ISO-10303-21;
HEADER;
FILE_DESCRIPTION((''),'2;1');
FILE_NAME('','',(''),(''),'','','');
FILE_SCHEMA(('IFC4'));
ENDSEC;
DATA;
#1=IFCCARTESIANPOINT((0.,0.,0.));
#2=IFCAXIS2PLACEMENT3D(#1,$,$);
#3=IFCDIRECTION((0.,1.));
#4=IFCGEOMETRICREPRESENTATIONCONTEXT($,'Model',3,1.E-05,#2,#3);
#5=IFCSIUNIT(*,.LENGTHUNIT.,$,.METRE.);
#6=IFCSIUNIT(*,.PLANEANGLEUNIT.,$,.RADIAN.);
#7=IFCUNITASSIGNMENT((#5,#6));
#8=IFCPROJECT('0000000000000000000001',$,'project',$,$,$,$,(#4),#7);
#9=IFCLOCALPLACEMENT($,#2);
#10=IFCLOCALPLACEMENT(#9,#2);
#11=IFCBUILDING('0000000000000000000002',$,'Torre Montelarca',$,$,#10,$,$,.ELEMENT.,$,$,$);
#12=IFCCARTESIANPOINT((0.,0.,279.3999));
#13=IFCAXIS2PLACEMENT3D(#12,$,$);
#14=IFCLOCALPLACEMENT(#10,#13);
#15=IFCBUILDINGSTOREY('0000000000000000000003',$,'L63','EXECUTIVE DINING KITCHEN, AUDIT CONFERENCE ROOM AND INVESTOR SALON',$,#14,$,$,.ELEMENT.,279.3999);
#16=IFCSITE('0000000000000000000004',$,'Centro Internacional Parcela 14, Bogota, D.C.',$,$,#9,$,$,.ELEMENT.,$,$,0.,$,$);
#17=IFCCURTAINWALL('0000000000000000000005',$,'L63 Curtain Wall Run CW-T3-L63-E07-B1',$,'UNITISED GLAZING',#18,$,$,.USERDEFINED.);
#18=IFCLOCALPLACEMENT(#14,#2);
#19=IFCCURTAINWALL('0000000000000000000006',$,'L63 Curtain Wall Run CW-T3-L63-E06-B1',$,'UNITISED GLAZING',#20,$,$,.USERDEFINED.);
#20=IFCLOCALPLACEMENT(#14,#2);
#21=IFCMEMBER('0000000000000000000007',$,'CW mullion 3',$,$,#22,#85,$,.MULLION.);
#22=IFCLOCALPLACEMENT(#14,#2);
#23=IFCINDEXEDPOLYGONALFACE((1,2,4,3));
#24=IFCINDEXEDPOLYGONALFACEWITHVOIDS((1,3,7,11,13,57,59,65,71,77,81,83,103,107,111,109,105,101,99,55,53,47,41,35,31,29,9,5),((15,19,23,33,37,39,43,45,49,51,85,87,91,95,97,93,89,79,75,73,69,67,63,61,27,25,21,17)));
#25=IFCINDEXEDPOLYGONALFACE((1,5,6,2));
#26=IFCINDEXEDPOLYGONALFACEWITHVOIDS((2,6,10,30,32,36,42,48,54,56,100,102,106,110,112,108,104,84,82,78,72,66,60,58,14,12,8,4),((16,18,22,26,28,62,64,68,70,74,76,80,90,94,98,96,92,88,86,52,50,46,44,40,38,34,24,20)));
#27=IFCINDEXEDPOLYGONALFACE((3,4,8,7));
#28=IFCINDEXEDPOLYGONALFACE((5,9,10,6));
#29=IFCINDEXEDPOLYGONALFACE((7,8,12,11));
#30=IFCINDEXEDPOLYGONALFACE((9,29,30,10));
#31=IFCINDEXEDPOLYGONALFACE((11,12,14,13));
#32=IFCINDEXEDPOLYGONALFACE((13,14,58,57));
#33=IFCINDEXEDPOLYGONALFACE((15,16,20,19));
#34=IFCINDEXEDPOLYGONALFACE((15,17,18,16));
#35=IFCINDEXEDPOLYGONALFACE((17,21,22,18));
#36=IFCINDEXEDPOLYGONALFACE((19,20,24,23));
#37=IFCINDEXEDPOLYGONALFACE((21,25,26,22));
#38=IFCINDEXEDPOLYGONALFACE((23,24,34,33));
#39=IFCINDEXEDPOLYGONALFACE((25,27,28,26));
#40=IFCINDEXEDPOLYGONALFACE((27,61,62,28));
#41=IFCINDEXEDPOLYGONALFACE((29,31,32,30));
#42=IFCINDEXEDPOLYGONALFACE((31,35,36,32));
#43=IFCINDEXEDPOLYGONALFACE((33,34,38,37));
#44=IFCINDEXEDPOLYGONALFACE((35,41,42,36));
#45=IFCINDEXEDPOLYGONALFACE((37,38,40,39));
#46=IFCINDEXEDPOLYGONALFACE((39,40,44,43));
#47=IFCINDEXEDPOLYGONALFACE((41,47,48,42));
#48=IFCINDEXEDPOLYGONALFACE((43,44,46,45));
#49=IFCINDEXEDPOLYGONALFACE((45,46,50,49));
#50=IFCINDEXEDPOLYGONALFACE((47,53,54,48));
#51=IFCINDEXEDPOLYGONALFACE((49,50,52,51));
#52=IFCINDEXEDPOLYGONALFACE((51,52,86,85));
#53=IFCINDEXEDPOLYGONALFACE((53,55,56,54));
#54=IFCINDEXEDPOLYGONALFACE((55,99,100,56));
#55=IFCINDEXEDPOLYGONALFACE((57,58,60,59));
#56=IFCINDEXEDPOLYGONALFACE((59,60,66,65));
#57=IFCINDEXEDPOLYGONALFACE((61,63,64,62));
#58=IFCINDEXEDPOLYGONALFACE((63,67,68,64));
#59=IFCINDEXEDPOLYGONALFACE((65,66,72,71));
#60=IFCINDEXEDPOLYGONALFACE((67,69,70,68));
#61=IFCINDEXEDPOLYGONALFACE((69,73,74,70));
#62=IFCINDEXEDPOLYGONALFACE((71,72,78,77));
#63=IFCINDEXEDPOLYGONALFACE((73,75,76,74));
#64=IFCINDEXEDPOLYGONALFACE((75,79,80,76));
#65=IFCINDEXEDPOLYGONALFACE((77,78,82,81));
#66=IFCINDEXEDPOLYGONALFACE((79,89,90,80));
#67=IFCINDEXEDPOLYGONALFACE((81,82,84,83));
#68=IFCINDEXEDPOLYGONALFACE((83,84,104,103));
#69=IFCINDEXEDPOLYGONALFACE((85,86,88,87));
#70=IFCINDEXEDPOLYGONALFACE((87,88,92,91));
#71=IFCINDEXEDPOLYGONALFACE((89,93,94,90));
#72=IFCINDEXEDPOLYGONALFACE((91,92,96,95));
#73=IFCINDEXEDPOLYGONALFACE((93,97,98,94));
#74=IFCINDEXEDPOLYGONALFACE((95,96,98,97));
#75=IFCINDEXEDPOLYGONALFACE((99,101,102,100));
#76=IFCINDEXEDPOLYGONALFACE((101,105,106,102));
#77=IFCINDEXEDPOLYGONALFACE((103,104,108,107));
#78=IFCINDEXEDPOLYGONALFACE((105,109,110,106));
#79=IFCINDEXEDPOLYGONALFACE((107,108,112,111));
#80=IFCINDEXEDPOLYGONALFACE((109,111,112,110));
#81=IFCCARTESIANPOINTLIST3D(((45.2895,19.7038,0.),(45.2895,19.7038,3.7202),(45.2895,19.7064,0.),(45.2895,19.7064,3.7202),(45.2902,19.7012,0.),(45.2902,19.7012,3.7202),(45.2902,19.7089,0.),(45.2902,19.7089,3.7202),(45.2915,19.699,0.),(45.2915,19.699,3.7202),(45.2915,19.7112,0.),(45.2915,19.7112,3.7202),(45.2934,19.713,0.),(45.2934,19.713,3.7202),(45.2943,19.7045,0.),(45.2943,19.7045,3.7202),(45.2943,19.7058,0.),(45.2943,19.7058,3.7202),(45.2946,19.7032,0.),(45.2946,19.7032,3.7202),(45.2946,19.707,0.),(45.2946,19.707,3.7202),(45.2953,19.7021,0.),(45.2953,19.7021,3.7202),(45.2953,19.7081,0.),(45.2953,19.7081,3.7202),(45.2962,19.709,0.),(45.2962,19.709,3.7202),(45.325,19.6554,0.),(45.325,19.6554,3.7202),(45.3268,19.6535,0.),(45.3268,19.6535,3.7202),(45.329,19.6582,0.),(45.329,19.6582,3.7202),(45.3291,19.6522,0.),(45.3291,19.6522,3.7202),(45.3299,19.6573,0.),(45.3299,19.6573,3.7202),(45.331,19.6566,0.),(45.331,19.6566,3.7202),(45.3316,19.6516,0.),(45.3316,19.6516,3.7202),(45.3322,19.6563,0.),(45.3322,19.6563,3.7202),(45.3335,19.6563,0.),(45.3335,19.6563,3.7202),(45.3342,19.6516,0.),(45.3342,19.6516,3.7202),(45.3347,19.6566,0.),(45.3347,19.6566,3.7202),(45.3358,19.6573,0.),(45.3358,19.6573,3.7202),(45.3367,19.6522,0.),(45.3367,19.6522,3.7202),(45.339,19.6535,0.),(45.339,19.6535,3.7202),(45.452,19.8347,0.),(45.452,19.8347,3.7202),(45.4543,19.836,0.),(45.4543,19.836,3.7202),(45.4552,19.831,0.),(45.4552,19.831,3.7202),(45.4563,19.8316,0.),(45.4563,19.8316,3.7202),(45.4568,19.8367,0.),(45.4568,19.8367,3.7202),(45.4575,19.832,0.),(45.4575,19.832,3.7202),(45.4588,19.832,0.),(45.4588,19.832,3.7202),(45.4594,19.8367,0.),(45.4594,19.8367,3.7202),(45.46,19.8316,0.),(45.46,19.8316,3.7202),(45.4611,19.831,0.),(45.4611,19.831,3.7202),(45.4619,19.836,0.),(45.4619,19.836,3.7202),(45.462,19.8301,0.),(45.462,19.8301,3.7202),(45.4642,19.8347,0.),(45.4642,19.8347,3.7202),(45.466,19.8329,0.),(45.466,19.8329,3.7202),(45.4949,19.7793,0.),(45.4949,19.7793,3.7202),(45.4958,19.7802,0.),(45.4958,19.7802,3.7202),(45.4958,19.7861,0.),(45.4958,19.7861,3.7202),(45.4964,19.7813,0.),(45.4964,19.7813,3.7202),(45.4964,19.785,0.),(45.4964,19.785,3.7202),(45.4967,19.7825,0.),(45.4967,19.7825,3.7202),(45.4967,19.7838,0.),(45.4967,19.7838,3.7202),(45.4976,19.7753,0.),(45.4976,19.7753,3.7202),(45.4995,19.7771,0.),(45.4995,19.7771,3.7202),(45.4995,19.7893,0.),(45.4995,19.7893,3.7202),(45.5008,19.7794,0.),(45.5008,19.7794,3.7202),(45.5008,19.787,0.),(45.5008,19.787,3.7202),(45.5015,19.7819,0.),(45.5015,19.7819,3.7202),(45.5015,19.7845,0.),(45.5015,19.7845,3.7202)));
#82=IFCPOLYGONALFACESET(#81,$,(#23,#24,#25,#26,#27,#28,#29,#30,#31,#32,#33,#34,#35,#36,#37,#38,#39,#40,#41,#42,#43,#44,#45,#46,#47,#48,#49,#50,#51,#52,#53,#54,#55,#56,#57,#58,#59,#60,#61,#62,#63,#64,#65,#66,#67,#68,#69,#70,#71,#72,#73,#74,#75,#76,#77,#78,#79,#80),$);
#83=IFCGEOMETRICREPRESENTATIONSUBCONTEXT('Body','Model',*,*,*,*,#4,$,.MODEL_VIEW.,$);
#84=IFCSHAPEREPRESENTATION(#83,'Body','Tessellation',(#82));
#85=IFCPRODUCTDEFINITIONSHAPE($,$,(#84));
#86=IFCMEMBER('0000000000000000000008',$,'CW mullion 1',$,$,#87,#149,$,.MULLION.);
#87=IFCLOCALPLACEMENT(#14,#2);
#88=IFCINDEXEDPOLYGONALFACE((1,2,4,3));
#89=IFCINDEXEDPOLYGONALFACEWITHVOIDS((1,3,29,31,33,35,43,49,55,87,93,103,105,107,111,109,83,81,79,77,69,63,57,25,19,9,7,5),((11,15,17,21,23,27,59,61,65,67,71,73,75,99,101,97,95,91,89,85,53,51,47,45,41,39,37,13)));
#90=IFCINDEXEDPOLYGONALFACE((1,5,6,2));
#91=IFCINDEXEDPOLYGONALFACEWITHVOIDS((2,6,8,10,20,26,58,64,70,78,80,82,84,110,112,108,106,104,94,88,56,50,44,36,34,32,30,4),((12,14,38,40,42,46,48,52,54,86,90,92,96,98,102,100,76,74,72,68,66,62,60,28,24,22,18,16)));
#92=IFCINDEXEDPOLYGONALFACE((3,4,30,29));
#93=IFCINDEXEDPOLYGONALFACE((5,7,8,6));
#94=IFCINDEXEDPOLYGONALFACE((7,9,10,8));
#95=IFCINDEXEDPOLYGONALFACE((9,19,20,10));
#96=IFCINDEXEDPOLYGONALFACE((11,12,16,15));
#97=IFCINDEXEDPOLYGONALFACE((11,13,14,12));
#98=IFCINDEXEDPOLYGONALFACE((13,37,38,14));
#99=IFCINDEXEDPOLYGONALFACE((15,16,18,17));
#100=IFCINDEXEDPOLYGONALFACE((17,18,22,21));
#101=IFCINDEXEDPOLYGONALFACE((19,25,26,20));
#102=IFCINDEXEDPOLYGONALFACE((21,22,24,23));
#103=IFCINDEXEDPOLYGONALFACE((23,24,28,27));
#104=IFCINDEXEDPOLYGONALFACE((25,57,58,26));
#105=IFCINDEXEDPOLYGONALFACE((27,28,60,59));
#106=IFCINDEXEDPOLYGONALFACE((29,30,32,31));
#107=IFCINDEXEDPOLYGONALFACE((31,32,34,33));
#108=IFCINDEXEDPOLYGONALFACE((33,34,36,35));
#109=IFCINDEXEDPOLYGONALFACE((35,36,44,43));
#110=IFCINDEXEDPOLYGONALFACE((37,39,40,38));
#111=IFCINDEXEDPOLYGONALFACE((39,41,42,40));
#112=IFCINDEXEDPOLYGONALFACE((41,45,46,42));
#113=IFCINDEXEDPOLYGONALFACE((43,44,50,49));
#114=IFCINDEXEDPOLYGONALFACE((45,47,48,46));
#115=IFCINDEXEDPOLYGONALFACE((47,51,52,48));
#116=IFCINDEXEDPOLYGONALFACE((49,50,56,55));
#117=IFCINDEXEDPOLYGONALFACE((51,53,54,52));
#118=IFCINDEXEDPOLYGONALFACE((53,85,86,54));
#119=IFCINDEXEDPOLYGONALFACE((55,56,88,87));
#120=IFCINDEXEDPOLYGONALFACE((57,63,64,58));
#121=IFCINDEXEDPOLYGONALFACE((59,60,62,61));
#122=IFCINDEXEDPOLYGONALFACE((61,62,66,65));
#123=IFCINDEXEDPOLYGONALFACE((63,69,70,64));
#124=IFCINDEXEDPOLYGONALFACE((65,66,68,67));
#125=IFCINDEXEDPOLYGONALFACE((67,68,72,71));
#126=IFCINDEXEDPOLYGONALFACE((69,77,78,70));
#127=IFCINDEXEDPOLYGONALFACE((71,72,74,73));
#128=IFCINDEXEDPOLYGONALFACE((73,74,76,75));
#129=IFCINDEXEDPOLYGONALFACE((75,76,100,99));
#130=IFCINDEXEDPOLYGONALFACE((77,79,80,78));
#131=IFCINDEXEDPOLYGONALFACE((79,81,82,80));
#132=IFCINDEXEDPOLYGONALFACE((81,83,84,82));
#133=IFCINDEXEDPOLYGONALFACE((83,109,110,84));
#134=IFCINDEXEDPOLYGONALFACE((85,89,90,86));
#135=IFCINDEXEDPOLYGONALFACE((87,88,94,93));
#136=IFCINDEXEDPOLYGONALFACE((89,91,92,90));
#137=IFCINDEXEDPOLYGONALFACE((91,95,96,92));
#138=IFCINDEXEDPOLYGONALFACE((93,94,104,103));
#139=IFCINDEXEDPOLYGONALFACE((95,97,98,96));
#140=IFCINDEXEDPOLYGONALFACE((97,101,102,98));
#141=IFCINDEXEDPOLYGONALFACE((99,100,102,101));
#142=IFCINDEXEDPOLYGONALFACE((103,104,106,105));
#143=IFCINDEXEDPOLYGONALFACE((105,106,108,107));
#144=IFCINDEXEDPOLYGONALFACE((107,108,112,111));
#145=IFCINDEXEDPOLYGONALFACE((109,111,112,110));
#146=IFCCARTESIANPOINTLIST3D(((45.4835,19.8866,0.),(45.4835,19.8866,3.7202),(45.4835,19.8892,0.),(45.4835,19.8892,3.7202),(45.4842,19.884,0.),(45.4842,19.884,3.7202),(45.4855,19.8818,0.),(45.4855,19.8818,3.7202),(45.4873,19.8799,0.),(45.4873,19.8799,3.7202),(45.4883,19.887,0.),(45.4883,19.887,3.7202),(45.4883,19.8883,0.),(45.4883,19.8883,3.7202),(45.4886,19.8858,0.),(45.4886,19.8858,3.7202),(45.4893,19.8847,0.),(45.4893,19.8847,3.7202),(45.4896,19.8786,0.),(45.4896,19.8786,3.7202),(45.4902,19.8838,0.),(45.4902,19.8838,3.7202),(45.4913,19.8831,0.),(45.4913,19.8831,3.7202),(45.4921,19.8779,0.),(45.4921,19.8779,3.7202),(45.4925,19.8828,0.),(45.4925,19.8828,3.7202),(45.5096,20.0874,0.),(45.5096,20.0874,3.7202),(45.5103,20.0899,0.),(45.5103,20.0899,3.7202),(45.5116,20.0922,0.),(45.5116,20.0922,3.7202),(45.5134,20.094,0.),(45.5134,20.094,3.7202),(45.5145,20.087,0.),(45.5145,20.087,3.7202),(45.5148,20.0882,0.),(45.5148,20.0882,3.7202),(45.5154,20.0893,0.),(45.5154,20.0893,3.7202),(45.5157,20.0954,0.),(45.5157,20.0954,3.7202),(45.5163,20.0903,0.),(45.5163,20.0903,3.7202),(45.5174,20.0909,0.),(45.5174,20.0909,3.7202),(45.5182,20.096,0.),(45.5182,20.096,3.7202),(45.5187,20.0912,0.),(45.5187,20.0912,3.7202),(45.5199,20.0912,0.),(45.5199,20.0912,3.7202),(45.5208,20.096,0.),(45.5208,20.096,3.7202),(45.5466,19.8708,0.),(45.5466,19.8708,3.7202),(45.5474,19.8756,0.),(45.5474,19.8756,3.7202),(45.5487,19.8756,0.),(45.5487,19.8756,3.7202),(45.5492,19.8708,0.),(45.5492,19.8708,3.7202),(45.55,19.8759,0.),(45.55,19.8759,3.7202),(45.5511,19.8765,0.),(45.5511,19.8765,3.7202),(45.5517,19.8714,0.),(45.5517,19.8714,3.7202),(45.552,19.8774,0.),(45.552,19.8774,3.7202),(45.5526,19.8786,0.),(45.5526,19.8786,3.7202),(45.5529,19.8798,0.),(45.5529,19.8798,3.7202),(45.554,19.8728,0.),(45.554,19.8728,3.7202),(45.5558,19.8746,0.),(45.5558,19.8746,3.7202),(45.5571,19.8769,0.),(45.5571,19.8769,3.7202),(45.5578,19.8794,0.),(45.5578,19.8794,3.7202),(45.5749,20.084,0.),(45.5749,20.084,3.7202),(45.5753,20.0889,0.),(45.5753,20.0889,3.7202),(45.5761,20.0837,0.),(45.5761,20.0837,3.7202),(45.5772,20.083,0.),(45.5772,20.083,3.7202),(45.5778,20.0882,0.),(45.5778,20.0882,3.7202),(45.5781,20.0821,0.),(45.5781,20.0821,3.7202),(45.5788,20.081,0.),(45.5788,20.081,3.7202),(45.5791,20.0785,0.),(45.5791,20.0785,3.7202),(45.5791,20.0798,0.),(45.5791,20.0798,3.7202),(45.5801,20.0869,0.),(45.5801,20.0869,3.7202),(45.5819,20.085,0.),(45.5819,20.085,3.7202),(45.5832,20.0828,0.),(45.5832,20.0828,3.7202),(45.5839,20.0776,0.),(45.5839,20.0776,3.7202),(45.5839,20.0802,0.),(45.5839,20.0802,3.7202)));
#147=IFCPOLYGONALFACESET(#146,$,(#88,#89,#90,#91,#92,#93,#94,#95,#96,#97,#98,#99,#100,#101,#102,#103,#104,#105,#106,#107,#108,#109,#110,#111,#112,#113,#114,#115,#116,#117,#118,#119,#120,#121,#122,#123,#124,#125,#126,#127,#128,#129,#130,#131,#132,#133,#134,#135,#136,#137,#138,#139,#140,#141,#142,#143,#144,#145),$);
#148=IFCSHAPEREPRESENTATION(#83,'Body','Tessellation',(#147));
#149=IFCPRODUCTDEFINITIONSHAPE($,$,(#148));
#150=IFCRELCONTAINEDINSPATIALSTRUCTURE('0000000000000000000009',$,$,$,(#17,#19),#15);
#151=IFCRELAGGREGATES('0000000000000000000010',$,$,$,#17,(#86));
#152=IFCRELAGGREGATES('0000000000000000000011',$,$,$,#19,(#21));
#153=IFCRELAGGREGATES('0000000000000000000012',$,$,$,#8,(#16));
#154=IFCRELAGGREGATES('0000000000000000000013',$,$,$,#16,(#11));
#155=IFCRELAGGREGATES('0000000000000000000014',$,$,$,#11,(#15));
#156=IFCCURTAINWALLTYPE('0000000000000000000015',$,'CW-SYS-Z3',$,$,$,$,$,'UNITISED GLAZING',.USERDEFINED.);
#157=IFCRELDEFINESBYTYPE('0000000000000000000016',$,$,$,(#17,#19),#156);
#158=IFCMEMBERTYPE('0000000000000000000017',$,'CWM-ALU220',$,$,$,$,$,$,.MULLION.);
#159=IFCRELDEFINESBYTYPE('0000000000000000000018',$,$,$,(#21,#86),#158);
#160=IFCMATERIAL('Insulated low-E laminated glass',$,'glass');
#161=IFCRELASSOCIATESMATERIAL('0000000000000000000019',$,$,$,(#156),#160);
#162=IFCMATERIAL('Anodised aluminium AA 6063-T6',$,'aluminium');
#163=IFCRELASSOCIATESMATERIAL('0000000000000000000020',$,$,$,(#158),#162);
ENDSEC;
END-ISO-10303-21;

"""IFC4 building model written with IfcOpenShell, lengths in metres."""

from ifc_helpers import new_model, si_unit, direction, frame, origin, origin_2d, place, context, subcontext, project, spatial, hollow_rectangle, extrude, source, transform, mapped, material, material_profile, profile_set, type_object, element, aggregate, save


model = new_model("IFC4")

# Units and contexts
model_context = context("Model", 3, precision=1e-05, world=origin(), true_north=direction((0.0, 1.0)))
body_context = subcontext(model_context, "Body", "Model", "MODEL_VIEW")
ifc_project = project(units=[si_unit("LENGTHUNIT", "METRE"), si_unit("PLANEANGLEUNIT", "RADIAN")], contexts=[model_context])

# Site, building, storey
site_placement = place(None, origin())
site = spatial("IfcSite", under=ifc_project, at=site_placement, Name="Centro Internacional Parcela 14, Bogota, D.C.", CompositionType="ELEMENT", RefElevation=0.0)
building_placement = place(site_placement, origin())
building = spatial("IfcBuilding", under=site, at=building_placement, Name="Torre Montelarca", CompositionType="ELEMENT")
storey_placement = place(building_placement, frame((0.0, 0.0, 279.3999)))
storey = spatial("IfcBuildingStorey", under=building, at=storey_placement, Name="L63", Description="EXECUTIVE DINING KITCHEN, AUDIT CONFERENCE ROOM AND INVESTOR SALON", CompositionType="ELEMENT", Elevation=279.3999)

# Curtain walls, member
ifc_material_1 = material(Name="Insulated low-E laminated glass", Category="glass")
curtain_wall_type = type_object("IfcCurtainWallType", Name="CW-SYS-Z3", ElementType="UNITISED GLAZING", PredefinedType="USERDEFINED", material=ifc_material_1)
curtain_wall_1_placement = place(storey_placement, origin())
curtain_wall_1 = element("IfcCurtainWall", 1, at=curtain_wall_1_placement, inside=storey, type_object=curtain_wall_type, Name="L63 Curtain Wall Run CW-T3-L63-E07-B1", ObjectType="UNITISED GLAZING", PredefinedType="USERDEFINED")
ifc_material_2 = material(Name="Anodised aluminium AA 6063-T6", Category="aluminium")
curtain_wall_2_placement = place(storey_placement, origin())
curtain_wall_2 = element("IfcCurtainWall", 2, at=curtain_wall_2_placement, inside=storey, type_object=curtain_wall_type, Name="L63 Curtain Wall Run CW-T3-L63-E06-B1", ObjectType="UNITISED GLAZING", PredefinedType="USERDEFINED")
ifc_material_profile_1 = material_profile(ifc_material_2, hollow_rectangle(XDim=0.075, YDim=0.22, WallThickness=0.0049, InnerFilletRadius=0.0049, OuterFilletRadius=0.01, at=origin_2d()), Name="ALU75X220X5", Category="aluminium")
ifc_profile_set_1 = profile_set([ifc_material_profile_1], Name="Anodised aluminium AA 6063-T6")
member_type_1 = type_object("IfcMemberType", Name="CWM-ALU220", PredefinedType="MULLION", material=ifc_profile_set_1)
shared_shape_1 = source(origin(), body_context, "Body", "SweptSolid", [
    extrude(hollow_rectangle(XDim=0.075, YDim=0.22, WallThickness=0.0049, InnerFilletRadius=0.0049, OuterFilletRadius=0.01, at=origin_2d()), origin(), (0.0, 0.0, 1.0), 3.7202),
])
member_1_placement = place(storey_placement, frame((45.3955, 19.7441, 0.0), z_axis=(0.0, 0.0, 1.0), x_axis=(-0.608763, 0.793352, 0.0)))
member_1 = element("IfcMember", 3, at=member_1_placement, type_object=member_type_1, Name="CW mullion 3", PredefinedType="MULLION", context=body_context, shape_type="MappedRepresentation", body=[
    mapped(shared_shape_1, transform((0.0, 0.0, 0.0), scale=1.0)),
])

# Member
member_2_placement = place(storey_placement, frame((45.5337, 19.9834, 0.0), z_axis=(0.0, 0.0, 1.0), x_axis=(-0.991446, 0.130514, 0.0)))
member_2 = element("IfcMember", 4, at=member_2_placement, type_object=member_type_1, Name="CW mullion 1", PredefinedType="MULLION", context=body_context, shape_type="MappedRepresentation", body=[
    mapped(shared_shape_1, transform((0.0, 0.0, 0.0), scale=1.0)),
])

aggregate(curtain_wall_1, [member_2])
aggregate(curtain_wall_2, [member_1])

save(model, "model.ifc")
